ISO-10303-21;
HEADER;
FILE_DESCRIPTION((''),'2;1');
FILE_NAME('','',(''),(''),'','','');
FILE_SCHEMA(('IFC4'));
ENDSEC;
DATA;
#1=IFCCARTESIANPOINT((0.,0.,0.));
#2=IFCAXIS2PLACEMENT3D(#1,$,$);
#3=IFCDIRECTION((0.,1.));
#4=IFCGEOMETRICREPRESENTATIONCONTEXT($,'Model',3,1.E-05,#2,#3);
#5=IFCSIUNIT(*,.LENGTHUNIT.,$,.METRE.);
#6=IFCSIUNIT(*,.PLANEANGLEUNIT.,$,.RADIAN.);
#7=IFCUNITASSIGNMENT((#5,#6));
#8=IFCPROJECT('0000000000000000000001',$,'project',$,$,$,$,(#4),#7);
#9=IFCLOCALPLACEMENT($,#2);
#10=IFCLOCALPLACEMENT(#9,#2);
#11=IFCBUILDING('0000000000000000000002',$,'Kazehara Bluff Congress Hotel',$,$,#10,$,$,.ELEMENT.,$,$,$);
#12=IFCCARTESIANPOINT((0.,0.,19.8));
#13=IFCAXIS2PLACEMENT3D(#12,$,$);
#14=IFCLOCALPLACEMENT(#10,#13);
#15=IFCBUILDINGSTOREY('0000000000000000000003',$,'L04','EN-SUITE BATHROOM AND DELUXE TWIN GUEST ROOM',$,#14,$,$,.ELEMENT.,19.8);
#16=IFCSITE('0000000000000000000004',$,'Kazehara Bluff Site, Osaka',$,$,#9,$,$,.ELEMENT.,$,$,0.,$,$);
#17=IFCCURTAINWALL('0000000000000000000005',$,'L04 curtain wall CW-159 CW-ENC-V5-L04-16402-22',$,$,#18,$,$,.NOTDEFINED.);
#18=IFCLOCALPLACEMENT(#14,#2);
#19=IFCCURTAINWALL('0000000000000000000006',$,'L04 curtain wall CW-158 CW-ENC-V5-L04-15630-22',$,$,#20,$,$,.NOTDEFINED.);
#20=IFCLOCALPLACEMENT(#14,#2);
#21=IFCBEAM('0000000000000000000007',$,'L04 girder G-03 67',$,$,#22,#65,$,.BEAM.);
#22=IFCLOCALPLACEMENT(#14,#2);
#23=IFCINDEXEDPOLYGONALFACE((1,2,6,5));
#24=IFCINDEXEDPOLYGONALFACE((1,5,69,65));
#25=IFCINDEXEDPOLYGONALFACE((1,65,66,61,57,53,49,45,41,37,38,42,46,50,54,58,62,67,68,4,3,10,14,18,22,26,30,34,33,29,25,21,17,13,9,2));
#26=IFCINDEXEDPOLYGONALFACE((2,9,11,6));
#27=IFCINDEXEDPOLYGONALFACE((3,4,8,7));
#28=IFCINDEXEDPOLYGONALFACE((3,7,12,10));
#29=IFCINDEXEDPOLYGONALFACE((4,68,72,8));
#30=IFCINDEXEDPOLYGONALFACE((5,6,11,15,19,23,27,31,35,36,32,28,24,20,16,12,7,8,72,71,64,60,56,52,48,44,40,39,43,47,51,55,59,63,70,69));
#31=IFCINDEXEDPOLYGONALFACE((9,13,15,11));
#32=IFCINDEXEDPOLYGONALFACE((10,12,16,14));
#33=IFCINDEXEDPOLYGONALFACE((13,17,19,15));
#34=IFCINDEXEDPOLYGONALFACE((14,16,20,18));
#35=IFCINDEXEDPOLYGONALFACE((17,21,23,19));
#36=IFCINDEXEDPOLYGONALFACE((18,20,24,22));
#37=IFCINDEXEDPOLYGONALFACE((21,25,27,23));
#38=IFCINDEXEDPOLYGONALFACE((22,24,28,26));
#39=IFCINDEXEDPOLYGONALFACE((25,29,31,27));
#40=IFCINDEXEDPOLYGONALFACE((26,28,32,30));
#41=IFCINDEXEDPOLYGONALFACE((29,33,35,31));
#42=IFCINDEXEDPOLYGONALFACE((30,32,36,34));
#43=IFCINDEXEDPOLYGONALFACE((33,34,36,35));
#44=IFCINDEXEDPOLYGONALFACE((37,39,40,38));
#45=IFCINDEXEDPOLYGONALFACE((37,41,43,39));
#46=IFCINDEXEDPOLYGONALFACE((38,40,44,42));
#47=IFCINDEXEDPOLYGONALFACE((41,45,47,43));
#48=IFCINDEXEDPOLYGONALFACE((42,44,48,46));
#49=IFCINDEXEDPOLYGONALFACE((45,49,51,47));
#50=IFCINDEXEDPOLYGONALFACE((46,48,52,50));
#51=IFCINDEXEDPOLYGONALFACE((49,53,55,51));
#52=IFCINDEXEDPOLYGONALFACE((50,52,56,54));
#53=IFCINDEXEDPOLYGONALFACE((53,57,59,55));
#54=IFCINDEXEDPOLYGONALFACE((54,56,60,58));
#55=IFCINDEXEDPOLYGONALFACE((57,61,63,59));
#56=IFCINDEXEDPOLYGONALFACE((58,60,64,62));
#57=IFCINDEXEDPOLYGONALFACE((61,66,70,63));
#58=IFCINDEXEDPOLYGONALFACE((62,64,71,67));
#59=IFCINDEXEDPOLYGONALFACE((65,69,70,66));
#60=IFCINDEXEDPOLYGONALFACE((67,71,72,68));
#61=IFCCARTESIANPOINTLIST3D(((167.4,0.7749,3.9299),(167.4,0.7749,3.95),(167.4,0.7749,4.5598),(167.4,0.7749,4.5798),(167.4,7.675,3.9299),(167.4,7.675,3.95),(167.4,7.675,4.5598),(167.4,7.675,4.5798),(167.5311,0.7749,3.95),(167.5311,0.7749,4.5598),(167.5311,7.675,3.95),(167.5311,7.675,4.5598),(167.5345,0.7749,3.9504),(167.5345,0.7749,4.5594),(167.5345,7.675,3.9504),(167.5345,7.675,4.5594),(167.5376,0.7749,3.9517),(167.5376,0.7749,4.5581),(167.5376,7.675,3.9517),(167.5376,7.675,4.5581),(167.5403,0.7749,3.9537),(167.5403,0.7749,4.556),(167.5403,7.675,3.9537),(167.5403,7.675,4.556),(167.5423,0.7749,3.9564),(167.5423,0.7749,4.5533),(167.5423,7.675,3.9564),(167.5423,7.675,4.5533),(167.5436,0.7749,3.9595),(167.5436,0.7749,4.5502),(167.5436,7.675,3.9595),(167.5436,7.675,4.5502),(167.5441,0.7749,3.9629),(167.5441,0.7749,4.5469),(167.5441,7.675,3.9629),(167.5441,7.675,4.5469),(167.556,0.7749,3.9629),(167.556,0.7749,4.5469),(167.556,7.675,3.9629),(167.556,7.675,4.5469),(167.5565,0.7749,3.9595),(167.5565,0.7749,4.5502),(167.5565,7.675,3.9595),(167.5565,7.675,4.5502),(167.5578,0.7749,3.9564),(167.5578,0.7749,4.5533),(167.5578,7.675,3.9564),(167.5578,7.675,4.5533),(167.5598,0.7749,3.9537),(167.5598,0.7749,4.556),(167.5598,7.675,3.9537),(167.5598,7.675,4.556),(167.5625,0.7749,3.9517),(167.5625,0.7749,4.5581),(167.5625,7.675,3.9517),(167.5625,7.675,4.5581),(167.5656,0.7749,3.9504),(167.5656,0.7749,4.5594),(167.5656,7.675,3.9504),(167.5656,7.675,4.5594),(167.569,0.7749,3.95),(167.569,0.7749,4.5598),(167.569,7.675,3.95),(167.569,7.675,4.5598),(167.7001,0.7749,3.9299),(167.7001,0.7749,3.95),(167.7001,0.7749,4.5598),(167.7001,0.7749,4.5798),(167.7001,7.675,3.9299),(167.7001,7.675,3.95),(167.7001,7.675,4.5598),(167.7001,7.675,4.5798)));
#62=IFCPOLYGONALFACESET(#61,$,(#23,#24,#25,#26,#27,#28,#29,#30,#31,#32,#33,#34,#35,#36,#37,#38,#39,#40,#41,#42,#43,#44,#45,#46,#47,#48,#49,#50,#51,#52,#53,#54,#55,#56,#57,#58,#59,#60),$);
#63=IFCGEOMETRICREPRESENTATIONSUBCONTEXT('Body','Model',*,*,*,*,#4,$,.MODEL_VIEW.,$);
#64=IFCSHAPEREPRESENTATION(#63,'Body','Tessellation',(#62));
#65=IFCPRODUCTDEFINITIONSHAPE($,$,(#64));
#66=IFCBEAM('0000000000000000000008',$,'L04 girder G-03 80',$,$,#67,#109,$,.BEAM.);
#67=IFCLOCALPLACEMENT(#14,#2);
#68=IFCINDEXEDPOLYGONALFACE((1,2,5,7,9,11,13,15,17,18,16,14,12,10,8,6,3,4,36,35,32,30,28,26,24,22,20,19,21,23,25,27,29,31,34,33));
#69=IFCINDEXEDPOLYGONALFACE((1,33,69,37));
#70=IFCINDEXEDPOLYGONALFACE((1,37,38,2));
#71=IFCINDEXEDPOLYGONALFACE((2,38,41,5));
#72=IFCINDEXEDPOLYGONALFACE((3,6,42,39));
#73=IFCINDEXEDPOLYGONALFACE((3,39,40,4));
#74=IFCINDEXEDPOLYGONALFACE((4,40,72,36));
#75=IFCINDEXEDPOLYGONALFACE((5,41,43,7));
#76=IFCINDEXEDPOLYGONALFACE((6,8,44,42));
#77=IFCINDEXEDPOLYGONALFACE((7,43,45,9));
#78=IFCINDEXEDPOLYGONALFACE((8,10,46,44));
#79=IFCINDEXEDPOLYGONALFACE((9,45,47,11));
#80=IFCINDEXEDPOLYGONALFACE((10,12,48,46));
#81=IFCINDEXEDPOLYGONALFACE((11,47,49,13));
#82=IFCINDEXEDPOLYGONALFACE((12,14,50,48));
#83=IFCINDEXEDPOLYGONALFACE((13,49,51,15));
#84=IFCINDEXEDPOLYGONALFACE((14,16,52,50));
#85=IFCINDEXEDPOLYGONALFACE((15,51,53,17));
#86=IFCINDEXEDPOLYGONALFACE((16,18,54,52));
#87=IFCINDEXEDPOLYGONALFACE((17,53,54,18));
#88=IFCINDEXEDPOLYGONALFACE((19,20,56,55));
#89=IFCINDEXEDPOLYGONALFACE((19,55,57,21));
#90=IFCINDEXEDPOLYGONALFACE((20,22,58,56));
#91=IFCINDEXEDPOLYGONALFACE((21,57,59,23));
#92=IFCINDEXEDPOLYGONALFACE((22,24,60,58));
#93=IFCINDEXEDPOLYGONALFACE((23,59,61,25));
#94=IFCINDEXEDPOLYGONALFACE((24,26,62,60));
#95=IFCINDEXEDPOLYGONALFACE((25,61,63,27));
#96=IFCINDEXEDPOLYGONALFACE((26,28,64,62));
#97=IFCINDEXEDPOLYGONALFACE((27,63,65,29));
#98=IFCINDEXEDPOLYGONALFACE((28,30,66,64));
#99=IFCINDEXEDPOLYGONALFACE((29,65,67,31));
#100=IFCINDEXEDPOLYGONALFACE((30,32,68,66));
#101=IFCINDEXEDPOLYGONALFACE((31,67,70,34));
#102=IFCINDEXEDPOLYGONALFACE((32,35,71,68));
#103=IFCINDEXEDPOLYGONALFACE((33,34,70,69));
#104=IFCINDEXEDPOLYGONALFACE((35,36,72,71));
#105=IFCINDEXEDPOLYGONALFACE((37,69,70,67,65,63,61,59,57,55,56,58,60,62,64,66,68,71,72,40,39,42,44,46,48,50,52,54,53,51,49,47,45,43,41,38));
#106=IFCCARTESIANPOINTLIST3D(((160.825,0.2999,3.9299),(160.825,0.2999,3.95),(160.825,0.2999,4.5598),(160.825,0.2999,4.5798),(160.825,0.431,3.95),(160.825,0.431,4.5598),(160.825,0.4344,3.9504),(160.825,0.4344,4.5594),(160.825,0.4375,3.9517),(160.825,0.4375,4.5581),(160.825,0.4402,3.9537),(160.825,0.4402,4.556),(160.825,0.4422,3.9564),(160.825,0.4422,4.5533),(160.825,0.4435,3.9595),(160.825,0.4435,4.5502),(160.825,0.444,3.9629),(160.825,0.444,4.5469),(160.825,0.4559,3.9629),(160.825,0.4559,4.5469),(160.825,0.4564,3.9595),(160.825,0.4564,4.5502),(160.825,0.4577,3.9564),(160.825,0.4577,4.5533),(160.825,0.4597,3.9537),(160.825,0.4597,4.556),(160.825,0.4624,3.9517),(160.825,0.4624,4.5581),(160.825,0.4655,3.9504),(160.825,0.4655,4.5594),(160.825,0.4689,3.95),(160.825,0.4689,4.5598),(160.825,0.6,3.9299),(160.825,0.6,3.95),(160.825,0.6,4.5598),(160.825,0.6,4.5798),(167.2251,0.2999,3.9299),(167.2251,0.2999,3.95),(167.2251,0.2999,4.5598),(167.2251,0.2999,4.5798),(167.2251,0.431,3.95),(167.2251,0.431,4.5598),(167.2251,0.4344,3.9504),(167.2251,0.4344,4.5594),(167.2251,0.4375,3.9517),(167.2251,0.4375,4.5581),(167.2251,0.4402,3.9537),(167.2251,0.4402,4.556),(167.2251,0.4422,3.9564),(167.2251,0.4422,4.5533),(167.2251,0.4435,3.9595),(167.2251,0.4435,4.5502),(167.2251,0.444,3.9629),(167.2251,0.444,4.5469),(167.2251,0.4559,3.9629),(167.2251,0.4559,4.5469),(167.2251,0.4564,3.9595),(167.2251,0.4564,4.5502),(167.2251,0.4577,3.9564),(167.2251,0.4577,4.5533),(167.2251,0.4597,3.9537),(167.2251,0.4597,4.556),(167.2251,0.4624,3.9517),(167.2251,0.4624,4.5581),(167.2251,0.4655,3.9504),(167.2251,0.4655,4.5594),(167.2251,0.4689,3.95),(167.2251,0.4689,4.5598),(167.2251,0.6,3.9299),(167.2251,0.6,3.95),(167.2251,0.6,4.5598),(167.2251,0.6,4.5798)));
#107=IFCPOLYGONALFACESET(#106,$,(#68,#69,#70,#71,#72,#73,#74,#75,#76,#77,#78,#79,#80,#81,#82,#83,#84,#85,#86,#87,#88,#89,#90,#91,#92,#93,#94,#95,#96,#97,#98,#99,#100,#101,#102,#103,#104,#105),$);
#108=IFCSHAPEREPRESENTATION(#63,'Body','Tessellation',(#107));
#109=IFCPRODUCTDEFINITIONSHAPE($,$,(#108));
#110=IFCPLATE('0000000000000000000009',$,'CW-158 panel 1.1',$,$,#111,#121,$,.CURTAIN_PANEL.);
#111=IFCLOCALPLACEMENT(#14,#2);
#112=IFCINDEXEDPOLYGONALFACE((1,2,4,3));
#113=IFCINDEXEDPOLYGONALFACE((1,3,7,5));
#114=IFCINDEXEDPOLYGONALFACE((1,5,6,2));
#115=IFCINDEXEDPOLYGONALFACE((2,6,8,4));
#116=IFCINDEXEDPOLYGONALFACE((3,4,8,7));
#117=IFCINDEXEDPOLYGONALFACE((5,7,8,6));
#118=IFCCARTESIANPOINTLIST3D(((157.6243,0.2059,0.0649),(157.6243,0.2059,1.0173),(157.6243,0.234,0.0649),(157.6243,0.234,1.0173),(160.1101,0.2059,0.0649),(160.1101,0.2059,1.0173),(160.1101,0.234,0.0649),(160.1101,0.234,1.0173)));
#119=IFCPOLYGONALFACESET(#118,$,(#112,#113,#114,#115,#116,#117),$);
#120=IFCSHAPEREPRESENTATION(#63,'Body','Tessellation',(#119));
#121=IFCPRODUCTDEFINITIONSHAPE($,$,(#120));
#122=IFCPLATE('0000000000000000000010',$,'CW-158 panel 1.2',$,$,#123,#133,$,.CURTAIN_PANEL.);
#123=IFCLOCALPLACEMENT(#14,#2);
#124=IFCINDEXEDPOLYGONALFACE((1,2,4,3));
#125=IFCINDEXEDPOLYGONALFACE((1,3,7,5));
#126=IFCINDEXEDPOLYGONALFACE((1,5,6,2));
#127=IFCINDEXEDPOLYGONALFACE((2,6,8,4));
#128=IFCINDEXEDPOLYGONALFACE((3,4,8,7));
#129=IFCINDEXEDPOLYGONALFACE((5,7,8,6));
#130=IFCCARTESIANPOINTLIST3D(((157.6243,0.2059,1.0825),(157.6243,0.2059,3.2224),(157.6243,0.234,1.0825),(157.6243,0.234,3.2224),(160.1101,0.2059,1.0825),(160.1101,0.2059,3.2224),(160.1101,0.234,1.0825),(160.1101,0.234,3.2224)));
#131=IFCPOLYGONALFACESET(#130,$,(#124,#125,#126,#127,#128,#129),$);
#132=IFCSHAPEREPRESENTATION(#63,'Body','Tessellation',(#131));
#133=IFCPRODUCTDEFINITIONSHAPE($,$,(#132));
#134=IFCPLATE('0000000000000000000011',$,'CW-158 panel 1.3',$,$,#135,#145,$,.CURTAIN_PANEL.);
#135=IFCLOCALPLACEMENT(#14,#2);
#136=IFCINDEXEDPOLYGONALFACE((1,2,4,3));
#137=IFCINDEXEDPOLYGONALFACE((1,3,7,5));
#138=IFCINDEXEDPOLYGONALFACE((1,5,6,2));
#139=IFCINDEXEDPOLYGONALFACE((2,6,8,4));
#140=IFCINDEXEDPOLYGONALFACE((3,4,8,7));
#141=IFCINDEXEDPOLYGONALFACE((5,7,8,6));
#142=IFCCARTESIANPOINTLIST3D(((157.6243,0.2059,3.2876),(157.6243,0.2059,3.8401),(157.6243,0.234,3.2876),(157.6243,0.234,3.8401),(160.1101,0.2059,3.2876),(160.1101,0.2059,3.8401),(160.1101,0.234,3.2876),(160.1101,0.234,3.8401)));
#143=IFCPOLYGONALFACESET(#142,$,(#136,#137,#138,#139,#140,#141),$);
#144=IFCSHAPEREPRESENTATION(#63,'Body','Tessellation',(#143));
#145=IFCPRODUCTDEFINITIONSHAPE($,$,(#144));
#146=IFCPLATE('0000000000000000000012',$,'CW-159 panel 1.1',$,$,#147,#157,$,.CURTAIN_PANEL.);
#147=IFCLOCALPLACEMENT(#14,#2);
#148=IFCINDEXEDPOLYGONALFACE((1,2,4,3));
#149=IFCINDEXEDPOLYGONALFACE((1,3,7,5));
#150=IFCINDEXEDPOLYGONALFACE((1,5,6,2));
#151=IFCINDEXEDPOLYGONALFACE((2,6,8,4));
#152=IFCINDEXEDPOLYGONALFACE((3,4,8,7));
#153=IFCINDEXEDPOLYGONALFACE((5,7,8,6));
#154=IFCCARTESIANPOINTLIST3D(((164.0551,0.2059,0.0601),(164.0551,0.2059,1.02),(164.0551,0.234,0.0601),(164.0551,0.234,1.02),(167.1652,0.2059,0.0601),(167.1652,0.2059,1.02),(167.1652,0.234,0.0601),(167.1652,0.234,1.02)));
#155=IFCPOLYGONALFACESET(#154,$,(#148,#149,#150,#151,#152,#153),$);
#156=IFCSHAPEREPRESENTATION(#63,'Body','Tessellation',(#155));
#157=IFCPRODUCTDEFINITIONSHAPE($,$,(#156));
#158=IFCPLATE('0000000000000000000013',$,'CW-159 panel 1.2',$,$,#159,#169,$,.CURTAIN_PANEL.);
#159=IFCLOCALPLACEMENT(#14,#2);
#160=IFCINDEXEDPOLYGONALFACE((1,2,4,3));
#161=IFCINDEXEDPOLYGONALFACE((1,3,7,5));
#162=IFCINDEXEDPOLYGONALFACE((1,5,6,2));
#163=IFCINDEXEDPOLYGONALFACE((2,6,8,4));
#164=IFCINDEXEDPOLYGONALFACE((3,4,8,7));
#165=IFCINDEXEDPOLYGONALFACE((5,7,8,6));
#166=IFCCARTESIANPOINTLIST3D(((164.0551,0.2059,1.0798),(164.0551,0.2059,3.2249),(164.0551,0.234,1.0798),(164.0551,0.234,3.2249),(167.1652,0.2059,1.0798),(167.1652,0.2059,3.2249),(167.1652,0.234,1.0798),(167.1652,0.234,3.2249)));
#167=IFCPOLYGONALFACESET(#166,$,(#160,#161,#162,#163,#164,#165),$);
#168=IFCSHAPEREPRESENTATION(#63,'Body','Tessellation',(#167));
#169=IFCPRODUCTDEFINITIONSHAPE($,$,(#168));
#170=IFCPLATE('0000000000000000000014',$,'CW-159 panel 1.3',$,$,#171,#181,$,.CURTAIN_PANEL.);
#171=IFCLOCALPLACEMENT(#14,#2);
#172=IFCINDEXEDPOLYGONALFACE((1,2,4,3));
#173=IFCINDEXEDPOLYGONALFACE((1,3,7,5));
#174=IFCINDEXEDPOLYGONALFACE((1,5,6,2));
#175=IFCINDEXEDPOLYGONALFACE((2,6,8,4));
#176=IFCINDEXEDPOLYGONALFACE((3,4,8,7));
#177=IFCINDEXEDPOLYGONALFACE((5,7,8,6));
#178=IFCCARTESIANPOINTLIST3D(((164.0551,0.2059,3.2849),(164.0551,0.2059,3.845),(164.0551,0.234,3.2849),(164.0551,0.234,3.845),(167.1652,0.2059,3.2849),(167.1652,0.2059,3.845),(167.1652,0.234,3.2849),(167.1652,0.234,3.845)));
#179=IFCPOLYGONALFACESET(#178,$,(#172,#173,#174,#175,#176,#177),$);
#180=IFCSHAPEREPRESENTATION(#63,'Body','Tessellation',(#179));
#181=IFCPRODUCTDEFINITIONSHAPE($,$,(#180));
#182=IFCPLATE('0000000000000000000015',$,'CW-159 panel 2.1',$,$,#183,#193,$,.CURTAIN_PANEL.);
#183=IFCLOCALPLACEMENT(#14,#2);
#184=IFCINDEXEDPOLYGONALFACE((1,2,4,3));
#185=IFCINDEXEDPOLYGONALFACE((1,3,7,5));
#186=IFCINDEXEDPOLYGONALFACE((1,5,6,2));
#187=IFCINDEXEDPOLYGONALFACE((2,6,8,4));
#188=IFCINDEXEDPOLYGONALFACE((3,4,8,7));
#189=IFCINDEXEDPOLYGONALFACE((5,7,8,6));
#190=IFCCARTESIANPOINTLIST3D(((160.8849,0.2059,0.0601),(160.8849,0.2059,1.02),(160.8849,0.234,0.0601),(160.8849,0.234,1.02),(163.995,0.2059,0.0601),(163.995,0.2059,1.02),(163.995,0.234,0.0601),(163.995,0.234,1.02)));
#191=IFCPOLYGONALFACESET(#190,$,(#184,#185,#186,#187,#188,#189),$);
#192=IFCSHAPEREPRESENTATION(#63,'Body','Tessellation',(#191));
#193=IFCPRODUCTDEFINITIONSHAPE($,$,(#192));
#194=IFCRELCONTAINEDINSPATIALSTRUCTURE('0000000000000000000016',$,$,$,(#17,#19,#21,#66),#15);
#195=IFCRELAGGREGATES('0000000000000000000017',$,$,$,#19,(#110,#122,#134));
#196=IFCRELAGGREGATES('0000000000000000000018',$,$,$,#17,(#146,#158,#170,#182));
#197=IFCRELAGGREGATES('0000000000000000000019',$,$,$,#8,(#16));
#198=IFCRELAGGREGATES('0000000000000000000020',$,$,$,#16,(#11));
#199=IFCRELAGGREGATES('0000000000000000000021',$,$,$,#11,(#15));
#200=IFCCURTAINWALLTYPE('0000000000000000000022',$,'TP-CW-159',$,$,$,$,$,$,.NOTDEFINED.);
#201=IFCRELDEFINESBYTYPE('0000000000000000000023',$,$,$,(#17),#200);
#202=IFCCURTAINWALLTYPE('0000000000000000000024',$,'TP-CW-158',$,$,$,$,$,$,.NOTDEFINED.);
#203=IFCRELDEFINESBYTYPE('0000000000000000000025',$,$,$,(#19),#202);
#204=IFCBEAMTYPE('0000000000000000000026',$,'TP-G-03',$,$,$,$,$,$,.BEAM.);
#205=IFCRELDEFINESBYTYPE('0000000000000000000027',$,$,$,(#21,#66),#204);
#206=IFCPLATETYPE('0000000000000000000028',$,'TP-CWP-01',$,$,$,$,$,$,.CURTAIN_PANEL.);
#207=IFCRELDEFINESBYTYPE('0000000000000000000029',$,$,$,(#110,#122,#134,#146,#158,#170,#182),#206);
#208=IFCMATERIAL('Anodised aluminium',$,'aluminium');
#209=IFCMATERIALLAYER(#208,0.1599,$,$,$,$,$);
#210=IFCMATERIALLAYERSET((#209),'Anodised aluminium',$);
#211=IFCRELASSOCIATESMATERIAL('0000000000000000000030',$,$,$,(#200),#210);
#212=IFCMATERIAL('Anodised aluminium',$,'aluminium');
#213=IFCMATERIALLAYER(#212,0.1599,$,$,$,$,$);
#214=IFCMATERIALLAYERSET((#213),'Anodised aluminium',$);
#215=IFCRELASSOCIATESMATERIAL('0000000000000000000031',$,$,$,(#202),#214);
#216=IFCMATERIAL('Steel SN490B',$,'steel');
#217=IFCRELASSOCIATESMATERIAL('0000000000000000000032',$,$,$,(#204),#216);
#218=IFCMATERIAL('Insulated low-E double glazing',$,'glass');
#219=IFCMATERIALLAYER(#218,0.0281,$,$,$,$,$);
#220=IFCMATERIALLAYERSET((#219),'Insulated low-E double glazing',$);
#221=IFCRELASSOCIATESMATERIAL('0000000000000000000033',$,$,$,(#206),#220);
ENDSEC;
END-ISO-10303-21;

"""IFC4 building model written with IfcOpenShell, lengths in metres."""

from ifc_helpers import new_model, si_unit, direction, frame, origin, origin_2d, place, context, subcontext, project, spatial, rectangle, i_section, extrude, material, layer, layer_set, material_profile, profile_set, type_object, element, aggregate, save


model = new_model("IFC4")

# Units and contexts
model_context = context("Model", 3, precision=1e-05, world=origin(), true_north=direction((0.0, 1.0)))
body_context = subcontext(model_context, "Body", "Model", "MODEL_VIEW")
ifc_project = project(units=[si_unit("LENGTHUNIT", "METRE"), si_unit("PLANEANGLEUNIT", "RADIAN")], contexts=[model_context])

# Site, building, storey
site_placement = place(None, origin())
site = spatial("IfcSite", under=ifc_project, at=site_placement, Name="Kazehara Bluff Site, Osaka", CompositionType="ELEMENT", RefElevation=0.0)
building_placement = place(site_placement, origin())
building = spatial("IfcBuilding", under=site, at=building_placement, Name="Kazehara Bluff Congress Hotel", CompositionType="ELEMENT")
storey_placement = place(building_placement, frame((0.0, 0.0, 19.8)))
storey = spatial("IfcBuildingStorey", under=building, at=storey_placement, Name="L04", Description="EN-SUITE BATHROOM AND DELUXE TWIN GUEST ROOM", CompositionType="ELEMENT", Elevation=19.8)

# Curtain walls
ifc_material_1 = material(Name="Anodised aluminium", Category="aluminium")
ifc_layer_1 = layer(ifc_material_1, 0.1599)
ifc_layer_set_1 = layer_set([ifc_layer_1], Name="Anodised aluminium")
curtain_wall_type_1 = type_object("IfcCurtainWallType", Name="TP-CW-159", PredefinedType="NOTDEFINED", material=ifc_layer_set_1)
curtain_wall_1_placement = place(storey_placement, origin())
curtain_wall_1 = element("IfcCurtainWall", 1, at=curtain_wall_1_placement, inside=storey, type_object=curtain_wall_type_1, Name="L04 curtain wall CW-159 CW-ENC-V5-L04-16402-22", PredefinedType="NOTDEFINED")
ifc_material_2 = material(Name="Anodised aluminium", Category="aluminium")
ifc_layer_2 = layer(ifc_material_2, 0.1599)
ifc_layer_set_2 = layer_set([ifc_layer_2], Name="Anodised aluminium")
curtain_wall_type_2 = type_object("IfcCurtainWallType", Name="TP-CW-158", PredefinedType="NOTDEFINED", material=ifc_layer_set_2)
curtain_wall_2_placement = place(storey_placement, origin())
curtain_wall_2 = element("IfcCurtainWall", 2, at=curtain_wall_2_placement, inside=storey, type_object=curtain_wall_type_2, Name="L04 curtain wall CW-158 CW-ENC-V5-L04-15630-22", PredefinedType="NOTDEFINED")

# Beams
ifc_material_3 = material(Name="Steel SN490B", Category="steel")
ifc_material_profile_1 = material_profile(ifc_material_3, i_section(OverallWidth=0.3, OverallDepth=0.6499, WebThickness=0.012, FlangeThickness=0.02, FilletRadius=0.0129, at=origin_2d()))
ifc_profile_set_1 = profile_set([ifc_material_profile_1], Name="Steel SN490B")
beam_type = type_object("IfcBeamType", Name="TP-G-03", PredefinedType="BEAM", material=ifc_profile_set_1)
for number, where, z_axis, x_axis, name in (
    (3, (167.55, 0.7749, 4.2549), (0.0, 1.0, 0.0), (-1.0, 0.0, 0.0), "L04 girder G-03 67"),
):
    element("IfcBeam", number, at=place(storey_placement, frame(where, z_axis=z_axis, x_axis=x_axis)), inside=storey, type_object=beam_type, Name=name, PredefinedType="BEAM", context=body_context, shape_type="SweptSolid", body=[
        extrude(i_section(OverallWidth=0.3, OverallDepth=0.6499, WebThickness=0.012, FlangeThickness=0.02, FilletRadius=0.0129, at=origin_2d()), origin(), (0.0, 0.0, 1.0), 6.9001),
    ])
beam_placement = place(storey_placement, frame((160.825, 0.45, 4.2549), z_axis=(1.0, 0.0, 0.0), x_axis=(0.0, 1.0, 0.0)))
element("IfcBeam", 4, at=beam_placement, inside=storey, type_object=beam_type, Name="L04 girder G-03 80", PredefinedType="BEAM", context=body_context, shape_type="SweptSolid", body=[
    extrude(i_section(OverallWidth=0.3, OverallDepth=0.6499, WebThickness=0.012, FlangeThickness=0.02, FilletRadius=0.0129, at=origin_2d()), origin(), (0.0, 0.0, 1.0), 6.4001),
])

# Plates
ifc_material_4 = material(Name="Insulated low-E double glazing", Category="glass")
ifc_layer_3 = layer(ifc_material_4, 0.0281)
ifc_layer_set_3 = layer_set([ifc_layer_3], Name="Insulated low-E double glazing")
plate_type = type_object("IfcPlateType", Name="TP-CWP-01", PredefinedType="CURTAIN_PANEL", material=ifc_layer_set_3)
plate_1_placement = place(storey_placement, frame((158.8672, 0.22, 0.0649), z_axis=(0.0, 0.0, 1.0), x_axis=(-1.0, 0.0, 0.0)))
plate_1 = element("IfcPlate", 5, at=plate_1_placement, type_object=plate_type, Name="CW-158 panel 1.1", PredefinedType="CURTAIN_PANEL", context=body_context, shape_type="SweptSolid", body=[
    extrude(rectangle(XDim=2.4858, YDim=0.0281, at=origin_2d()), origin(), (0.0, 0.0, 1.0), 0.9524),
])
plate_2_placement = place(storey_placement, frame((158.8672, 0.22, 1.0825), z_axis=(0.0, 0.0, 1.0), x_axis=(-1.0, 0.0, 0.0)))
plate_2 = element("IfcPlate", 6, at=plate_2_placement, type_object=plate_type, Name="CW-158 panel 1.2", PredefinedType="CURTAIN_PANEL", context=body_context, shape_type="SweptSolid", body=[
    extrude(rectangle(XDim=2.4858, YDim=0.0281, at=origin_2d()), origin(), (0.0, 0.0, 1.0), 2.1399),
])
plate_3_placement = place(storey_placement, frame((158.8672, 0.22, 3.2876), z_axis=(0.0, 0.0, 1.0), x_axis=(-1.0, 0.0, 0.0)))
plate_3 = element("IfcPlate", 7, at=plate_3_placement, type_object=plate_type, Name="CW-158 panel 1.3", PredefinedType="CURTAIN_PANEL", context=body_context, shape_type="SweptSolid", body=[
    extrude(rectangle(XDim=2.4858, YDim=0.0281, at=origin_2d()), origin(), (0.0, 0.0, 1.0), 0.5525),
])
aggregate(curtain_wall_2, [plate_1, plate_2, plate_3])
plate_4_placement = place(storey_placement, frame((165.6101, 0.22, 0.0601), z_axis=(0.0, 0.0, 1.0), x_axis=(-1.0, 0.0, 0.0)))
plate_4 = element("IfcPlate", 8, at=plate_4_placement, type_object=plate_type, Name="CW-159 panel 1.1", PredefinedType="CURTAIN_PANEL", context=body_context, shape_type="SweptSolid", body=[
    extrude(rectangle(XDim=3.1101, YDim=0.0281, at=origin_2d()), origin(), (0.0, 0.0, 1.0), 0.96),
])
plate_5_placement = place(storey_placement, frame((165.6101, 0.22, 1.0798), z_axis=(0.0, 0.0, 1.0), x_axis=(-1.0, 0.0, 0.0)))
plate_5 = element("IfcPlate", 9, at=plate_5_placement, type_object=plate_type, Name="CW-159 panel 1.2", PredefinedType="CURTAIN_PANEL", context=body_context, shape_type="SweptSolid", body=[
    extrude(rectangle(XDim=3.1101, YDim=0.0281, at=origin_2d()), origin(), (0.0, 0.0, 1.0), 2.145),
])
plate_6_placement = place(storey_placement, frame((165.6101, 0.22, 3.2849), z_axis=(0.0, 0.0, 1.0), x_axis=(-1.0, 0.0, 0.0)))
plate_6 = element("IfcPlate", 10, at=plate_6_placement, type_object=plate_type, Name="CW-159 panel 1.3", PredefinedType="CURTAIN_PANEL", context=body_context, shape_type="SweptSolid", body=[
    extrude(rectangle(XDim=3.1101, YDim=0.0281, at=origin_2d()), origin(), (0.0, 0.0, 1.0), 0.5601),
])
plate_7_placement = place(storey_placement, frame((162.4399, 0.22, 0.0601), z_axis=(0.0, 0.0, 1.0), x_axis=(-1.0, 0.0, 0.0)))
plate_7 = element("IfcPlate", 11, at=plate_7_placement, type_object=plate_type, Name="CW-159 panel 2.1", PredefinedType="CURTAIN_PANEL", context=body_context, shape_type="SweptSolid", body=[
    extrude(rectangle(XDim=3.1101, YDim=0.0281, at=origin_2d()), origin(), (0.0, 0.0, 1.0), 0.96),
])
aggregate(curtain_wall_1, [plate_4, plate_5, plate_6, plate_7])

save(model, "model.ifc")
